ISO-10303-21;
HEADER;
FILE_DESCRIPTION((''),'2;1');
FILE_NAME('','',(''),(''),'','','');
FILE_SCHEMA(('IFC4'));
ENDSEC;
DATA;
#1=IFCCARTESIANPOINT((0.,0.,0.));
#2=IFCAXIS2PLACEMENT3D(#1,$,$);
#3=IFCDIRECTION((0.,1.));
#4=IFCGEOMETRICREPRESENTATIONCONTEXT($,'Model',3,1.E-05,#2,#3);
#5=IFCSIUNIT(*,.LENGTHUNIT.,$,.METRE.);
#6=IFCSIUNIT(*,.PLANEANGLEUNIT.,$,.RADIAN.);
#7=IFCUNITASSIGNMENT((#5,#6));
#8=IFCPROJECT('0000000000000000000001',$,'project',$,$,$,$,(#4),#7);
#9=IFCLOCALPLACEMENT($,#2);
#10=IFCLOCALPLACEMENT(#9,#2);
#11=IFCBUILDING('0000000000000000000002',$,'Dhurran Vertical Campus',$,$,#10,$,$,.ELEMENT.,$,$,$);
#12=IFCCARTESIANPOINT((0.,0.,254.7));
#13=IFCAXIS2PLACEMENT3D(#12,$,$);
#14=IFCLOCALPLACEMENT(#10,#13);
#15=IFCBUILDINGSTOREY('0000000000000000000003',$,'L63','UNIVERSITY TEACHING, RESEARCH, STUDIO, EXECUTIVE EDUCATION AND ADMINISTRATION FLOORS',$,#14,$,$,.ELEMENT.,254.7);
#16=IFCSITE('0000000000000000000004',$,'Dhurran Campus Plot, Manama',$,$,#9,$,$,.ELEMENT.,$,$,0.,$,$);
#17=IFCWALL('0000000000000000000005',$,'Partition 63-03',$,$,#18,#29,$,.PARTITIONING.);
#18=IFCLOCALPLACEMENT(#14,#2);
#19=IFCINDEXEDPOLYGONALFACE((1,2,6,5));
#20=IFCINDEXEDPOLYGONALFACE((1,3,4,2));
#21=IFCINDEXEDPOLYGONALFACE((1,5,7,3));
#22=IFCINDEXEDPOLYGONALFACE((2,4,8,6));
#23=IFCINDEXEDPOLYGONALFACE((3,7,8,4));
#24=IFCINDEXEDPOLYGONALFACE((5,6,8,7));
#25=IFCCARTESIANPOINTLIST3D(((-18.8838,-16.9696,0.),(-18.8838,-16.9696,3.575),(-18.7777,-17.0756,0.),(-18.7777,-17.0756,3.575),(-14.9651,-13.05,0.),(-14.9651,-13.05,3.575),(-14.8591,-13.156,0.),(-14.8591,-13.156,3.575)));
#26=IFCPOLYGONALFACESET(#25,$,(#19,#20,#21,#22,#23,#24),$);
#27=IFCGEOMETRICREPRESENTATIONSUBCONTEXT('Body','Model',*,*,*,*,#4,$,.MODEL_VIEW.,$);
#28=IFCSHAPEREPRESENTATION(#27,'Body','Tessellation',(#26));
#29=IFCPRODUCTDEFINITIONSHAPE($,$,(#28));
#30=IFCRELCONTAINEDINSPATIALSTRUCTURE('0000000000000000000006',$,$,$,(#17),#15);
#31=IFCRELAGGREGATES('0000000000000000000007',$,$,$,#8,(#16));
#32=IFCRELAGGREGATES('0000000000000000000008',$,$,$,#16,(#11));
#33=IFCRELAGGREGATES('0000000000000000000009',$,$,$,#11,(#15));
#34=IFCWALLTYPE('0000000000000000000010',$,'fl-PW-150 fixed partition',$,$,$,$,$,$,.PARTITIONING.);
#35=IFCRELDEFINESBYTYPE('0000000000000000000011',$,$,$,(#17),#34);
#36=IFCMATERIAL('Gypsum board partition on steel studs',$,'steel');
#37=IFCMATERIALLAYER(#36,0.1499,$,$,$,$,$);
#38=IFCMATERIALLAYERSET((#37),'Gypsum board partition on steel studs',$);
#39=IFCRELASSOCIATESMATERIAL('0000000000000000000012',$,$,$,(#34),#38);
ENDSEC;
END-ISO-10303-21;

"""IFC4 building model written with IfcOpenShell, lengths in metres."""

from ifc_helpers import new_model, si_unit, direction, frame, frame_2d, origin, place, context, subcontext, project, spatial, rectangle, extrude, material, layer, layer_set, type_object, element, save


model = new_model("IFC4")

# Units and contexts
model_context = context("Model", 3, precision=1e-05, world=origin(), true_north=direction((0.0, 1.0)))
body_context = subcontext(model_context, "Body", "Model", "MODEL_VIEW")
ifc_project = project(units=[si_unit("LENGTHUNIT", "METRE"), si_unit("PLANEANGLEUNIT", "RADIAN")], contexts=[model_context])

# Site, building, storey
site_placement = place(None, origin())
site = spatial("IfcSite", under=ifc_project, at=site_placement, Name="Dhurran Campus Plot, Manama", CompositionType="ELEMENT", RefElevation=0.0)
building_placement = place(site_placement, origin())
building = spatial("IfcBuilding", under=site, at=building_placement, Name="Dhurran Vertical Campus", CompositionType="ELEMENT")
storey_placement = place(building_placement, frame((0.0, 0.0, 254.7)))
storey = spatial("IfcBuildingStorey", under=building, at=storey_placement, Name="L63", Description="UNIVERSITY TEACHING, RESEARCH, STUDIO, EXECUTIVE EDUCATION AND ADMINISTRATION FLOORS", CompositionType="ELEMENT", Elevation=254.7)

# Wall
ifc_material_1 = material(Name="Gypsum board partition on steel studs", Category="steel")
ifc_layer_1 = layer(ifc_material_1, 0.1499)
ifc_layer_set_1 = layer_set([ifc_layer_1], Name="Gypsum board partition on steel studs")
wall_type_1 = type_object("IfcWallType", Name="fl-PW-150 fixed partition", PredefinedType="PARTITIONING", material=ifc_layer_set_1)
wall_1_placement = place(storey_placement, frame((-14.9121, -13.103, 0.0), z_axis=(0.0, 0.0, 1.0), x_axis=(-0.707019, -0.707195, 0.0)))
element("IfcWall", 1, at=wall_1_placement, inside=storey, type_object=wall_type_1, Name="Partition 63-03", PredefinedType="PARTITIONING", context=body_context, shape_type="SweptSolid", body=[
    extrude(rectangle(XDim=5.5425, YDim=0.1499, at=frame_2d((2.7712, 0.0))), origin(), (0.0, 0.0, 1.0), 3.575),
])

save(model, "model.ifc")
